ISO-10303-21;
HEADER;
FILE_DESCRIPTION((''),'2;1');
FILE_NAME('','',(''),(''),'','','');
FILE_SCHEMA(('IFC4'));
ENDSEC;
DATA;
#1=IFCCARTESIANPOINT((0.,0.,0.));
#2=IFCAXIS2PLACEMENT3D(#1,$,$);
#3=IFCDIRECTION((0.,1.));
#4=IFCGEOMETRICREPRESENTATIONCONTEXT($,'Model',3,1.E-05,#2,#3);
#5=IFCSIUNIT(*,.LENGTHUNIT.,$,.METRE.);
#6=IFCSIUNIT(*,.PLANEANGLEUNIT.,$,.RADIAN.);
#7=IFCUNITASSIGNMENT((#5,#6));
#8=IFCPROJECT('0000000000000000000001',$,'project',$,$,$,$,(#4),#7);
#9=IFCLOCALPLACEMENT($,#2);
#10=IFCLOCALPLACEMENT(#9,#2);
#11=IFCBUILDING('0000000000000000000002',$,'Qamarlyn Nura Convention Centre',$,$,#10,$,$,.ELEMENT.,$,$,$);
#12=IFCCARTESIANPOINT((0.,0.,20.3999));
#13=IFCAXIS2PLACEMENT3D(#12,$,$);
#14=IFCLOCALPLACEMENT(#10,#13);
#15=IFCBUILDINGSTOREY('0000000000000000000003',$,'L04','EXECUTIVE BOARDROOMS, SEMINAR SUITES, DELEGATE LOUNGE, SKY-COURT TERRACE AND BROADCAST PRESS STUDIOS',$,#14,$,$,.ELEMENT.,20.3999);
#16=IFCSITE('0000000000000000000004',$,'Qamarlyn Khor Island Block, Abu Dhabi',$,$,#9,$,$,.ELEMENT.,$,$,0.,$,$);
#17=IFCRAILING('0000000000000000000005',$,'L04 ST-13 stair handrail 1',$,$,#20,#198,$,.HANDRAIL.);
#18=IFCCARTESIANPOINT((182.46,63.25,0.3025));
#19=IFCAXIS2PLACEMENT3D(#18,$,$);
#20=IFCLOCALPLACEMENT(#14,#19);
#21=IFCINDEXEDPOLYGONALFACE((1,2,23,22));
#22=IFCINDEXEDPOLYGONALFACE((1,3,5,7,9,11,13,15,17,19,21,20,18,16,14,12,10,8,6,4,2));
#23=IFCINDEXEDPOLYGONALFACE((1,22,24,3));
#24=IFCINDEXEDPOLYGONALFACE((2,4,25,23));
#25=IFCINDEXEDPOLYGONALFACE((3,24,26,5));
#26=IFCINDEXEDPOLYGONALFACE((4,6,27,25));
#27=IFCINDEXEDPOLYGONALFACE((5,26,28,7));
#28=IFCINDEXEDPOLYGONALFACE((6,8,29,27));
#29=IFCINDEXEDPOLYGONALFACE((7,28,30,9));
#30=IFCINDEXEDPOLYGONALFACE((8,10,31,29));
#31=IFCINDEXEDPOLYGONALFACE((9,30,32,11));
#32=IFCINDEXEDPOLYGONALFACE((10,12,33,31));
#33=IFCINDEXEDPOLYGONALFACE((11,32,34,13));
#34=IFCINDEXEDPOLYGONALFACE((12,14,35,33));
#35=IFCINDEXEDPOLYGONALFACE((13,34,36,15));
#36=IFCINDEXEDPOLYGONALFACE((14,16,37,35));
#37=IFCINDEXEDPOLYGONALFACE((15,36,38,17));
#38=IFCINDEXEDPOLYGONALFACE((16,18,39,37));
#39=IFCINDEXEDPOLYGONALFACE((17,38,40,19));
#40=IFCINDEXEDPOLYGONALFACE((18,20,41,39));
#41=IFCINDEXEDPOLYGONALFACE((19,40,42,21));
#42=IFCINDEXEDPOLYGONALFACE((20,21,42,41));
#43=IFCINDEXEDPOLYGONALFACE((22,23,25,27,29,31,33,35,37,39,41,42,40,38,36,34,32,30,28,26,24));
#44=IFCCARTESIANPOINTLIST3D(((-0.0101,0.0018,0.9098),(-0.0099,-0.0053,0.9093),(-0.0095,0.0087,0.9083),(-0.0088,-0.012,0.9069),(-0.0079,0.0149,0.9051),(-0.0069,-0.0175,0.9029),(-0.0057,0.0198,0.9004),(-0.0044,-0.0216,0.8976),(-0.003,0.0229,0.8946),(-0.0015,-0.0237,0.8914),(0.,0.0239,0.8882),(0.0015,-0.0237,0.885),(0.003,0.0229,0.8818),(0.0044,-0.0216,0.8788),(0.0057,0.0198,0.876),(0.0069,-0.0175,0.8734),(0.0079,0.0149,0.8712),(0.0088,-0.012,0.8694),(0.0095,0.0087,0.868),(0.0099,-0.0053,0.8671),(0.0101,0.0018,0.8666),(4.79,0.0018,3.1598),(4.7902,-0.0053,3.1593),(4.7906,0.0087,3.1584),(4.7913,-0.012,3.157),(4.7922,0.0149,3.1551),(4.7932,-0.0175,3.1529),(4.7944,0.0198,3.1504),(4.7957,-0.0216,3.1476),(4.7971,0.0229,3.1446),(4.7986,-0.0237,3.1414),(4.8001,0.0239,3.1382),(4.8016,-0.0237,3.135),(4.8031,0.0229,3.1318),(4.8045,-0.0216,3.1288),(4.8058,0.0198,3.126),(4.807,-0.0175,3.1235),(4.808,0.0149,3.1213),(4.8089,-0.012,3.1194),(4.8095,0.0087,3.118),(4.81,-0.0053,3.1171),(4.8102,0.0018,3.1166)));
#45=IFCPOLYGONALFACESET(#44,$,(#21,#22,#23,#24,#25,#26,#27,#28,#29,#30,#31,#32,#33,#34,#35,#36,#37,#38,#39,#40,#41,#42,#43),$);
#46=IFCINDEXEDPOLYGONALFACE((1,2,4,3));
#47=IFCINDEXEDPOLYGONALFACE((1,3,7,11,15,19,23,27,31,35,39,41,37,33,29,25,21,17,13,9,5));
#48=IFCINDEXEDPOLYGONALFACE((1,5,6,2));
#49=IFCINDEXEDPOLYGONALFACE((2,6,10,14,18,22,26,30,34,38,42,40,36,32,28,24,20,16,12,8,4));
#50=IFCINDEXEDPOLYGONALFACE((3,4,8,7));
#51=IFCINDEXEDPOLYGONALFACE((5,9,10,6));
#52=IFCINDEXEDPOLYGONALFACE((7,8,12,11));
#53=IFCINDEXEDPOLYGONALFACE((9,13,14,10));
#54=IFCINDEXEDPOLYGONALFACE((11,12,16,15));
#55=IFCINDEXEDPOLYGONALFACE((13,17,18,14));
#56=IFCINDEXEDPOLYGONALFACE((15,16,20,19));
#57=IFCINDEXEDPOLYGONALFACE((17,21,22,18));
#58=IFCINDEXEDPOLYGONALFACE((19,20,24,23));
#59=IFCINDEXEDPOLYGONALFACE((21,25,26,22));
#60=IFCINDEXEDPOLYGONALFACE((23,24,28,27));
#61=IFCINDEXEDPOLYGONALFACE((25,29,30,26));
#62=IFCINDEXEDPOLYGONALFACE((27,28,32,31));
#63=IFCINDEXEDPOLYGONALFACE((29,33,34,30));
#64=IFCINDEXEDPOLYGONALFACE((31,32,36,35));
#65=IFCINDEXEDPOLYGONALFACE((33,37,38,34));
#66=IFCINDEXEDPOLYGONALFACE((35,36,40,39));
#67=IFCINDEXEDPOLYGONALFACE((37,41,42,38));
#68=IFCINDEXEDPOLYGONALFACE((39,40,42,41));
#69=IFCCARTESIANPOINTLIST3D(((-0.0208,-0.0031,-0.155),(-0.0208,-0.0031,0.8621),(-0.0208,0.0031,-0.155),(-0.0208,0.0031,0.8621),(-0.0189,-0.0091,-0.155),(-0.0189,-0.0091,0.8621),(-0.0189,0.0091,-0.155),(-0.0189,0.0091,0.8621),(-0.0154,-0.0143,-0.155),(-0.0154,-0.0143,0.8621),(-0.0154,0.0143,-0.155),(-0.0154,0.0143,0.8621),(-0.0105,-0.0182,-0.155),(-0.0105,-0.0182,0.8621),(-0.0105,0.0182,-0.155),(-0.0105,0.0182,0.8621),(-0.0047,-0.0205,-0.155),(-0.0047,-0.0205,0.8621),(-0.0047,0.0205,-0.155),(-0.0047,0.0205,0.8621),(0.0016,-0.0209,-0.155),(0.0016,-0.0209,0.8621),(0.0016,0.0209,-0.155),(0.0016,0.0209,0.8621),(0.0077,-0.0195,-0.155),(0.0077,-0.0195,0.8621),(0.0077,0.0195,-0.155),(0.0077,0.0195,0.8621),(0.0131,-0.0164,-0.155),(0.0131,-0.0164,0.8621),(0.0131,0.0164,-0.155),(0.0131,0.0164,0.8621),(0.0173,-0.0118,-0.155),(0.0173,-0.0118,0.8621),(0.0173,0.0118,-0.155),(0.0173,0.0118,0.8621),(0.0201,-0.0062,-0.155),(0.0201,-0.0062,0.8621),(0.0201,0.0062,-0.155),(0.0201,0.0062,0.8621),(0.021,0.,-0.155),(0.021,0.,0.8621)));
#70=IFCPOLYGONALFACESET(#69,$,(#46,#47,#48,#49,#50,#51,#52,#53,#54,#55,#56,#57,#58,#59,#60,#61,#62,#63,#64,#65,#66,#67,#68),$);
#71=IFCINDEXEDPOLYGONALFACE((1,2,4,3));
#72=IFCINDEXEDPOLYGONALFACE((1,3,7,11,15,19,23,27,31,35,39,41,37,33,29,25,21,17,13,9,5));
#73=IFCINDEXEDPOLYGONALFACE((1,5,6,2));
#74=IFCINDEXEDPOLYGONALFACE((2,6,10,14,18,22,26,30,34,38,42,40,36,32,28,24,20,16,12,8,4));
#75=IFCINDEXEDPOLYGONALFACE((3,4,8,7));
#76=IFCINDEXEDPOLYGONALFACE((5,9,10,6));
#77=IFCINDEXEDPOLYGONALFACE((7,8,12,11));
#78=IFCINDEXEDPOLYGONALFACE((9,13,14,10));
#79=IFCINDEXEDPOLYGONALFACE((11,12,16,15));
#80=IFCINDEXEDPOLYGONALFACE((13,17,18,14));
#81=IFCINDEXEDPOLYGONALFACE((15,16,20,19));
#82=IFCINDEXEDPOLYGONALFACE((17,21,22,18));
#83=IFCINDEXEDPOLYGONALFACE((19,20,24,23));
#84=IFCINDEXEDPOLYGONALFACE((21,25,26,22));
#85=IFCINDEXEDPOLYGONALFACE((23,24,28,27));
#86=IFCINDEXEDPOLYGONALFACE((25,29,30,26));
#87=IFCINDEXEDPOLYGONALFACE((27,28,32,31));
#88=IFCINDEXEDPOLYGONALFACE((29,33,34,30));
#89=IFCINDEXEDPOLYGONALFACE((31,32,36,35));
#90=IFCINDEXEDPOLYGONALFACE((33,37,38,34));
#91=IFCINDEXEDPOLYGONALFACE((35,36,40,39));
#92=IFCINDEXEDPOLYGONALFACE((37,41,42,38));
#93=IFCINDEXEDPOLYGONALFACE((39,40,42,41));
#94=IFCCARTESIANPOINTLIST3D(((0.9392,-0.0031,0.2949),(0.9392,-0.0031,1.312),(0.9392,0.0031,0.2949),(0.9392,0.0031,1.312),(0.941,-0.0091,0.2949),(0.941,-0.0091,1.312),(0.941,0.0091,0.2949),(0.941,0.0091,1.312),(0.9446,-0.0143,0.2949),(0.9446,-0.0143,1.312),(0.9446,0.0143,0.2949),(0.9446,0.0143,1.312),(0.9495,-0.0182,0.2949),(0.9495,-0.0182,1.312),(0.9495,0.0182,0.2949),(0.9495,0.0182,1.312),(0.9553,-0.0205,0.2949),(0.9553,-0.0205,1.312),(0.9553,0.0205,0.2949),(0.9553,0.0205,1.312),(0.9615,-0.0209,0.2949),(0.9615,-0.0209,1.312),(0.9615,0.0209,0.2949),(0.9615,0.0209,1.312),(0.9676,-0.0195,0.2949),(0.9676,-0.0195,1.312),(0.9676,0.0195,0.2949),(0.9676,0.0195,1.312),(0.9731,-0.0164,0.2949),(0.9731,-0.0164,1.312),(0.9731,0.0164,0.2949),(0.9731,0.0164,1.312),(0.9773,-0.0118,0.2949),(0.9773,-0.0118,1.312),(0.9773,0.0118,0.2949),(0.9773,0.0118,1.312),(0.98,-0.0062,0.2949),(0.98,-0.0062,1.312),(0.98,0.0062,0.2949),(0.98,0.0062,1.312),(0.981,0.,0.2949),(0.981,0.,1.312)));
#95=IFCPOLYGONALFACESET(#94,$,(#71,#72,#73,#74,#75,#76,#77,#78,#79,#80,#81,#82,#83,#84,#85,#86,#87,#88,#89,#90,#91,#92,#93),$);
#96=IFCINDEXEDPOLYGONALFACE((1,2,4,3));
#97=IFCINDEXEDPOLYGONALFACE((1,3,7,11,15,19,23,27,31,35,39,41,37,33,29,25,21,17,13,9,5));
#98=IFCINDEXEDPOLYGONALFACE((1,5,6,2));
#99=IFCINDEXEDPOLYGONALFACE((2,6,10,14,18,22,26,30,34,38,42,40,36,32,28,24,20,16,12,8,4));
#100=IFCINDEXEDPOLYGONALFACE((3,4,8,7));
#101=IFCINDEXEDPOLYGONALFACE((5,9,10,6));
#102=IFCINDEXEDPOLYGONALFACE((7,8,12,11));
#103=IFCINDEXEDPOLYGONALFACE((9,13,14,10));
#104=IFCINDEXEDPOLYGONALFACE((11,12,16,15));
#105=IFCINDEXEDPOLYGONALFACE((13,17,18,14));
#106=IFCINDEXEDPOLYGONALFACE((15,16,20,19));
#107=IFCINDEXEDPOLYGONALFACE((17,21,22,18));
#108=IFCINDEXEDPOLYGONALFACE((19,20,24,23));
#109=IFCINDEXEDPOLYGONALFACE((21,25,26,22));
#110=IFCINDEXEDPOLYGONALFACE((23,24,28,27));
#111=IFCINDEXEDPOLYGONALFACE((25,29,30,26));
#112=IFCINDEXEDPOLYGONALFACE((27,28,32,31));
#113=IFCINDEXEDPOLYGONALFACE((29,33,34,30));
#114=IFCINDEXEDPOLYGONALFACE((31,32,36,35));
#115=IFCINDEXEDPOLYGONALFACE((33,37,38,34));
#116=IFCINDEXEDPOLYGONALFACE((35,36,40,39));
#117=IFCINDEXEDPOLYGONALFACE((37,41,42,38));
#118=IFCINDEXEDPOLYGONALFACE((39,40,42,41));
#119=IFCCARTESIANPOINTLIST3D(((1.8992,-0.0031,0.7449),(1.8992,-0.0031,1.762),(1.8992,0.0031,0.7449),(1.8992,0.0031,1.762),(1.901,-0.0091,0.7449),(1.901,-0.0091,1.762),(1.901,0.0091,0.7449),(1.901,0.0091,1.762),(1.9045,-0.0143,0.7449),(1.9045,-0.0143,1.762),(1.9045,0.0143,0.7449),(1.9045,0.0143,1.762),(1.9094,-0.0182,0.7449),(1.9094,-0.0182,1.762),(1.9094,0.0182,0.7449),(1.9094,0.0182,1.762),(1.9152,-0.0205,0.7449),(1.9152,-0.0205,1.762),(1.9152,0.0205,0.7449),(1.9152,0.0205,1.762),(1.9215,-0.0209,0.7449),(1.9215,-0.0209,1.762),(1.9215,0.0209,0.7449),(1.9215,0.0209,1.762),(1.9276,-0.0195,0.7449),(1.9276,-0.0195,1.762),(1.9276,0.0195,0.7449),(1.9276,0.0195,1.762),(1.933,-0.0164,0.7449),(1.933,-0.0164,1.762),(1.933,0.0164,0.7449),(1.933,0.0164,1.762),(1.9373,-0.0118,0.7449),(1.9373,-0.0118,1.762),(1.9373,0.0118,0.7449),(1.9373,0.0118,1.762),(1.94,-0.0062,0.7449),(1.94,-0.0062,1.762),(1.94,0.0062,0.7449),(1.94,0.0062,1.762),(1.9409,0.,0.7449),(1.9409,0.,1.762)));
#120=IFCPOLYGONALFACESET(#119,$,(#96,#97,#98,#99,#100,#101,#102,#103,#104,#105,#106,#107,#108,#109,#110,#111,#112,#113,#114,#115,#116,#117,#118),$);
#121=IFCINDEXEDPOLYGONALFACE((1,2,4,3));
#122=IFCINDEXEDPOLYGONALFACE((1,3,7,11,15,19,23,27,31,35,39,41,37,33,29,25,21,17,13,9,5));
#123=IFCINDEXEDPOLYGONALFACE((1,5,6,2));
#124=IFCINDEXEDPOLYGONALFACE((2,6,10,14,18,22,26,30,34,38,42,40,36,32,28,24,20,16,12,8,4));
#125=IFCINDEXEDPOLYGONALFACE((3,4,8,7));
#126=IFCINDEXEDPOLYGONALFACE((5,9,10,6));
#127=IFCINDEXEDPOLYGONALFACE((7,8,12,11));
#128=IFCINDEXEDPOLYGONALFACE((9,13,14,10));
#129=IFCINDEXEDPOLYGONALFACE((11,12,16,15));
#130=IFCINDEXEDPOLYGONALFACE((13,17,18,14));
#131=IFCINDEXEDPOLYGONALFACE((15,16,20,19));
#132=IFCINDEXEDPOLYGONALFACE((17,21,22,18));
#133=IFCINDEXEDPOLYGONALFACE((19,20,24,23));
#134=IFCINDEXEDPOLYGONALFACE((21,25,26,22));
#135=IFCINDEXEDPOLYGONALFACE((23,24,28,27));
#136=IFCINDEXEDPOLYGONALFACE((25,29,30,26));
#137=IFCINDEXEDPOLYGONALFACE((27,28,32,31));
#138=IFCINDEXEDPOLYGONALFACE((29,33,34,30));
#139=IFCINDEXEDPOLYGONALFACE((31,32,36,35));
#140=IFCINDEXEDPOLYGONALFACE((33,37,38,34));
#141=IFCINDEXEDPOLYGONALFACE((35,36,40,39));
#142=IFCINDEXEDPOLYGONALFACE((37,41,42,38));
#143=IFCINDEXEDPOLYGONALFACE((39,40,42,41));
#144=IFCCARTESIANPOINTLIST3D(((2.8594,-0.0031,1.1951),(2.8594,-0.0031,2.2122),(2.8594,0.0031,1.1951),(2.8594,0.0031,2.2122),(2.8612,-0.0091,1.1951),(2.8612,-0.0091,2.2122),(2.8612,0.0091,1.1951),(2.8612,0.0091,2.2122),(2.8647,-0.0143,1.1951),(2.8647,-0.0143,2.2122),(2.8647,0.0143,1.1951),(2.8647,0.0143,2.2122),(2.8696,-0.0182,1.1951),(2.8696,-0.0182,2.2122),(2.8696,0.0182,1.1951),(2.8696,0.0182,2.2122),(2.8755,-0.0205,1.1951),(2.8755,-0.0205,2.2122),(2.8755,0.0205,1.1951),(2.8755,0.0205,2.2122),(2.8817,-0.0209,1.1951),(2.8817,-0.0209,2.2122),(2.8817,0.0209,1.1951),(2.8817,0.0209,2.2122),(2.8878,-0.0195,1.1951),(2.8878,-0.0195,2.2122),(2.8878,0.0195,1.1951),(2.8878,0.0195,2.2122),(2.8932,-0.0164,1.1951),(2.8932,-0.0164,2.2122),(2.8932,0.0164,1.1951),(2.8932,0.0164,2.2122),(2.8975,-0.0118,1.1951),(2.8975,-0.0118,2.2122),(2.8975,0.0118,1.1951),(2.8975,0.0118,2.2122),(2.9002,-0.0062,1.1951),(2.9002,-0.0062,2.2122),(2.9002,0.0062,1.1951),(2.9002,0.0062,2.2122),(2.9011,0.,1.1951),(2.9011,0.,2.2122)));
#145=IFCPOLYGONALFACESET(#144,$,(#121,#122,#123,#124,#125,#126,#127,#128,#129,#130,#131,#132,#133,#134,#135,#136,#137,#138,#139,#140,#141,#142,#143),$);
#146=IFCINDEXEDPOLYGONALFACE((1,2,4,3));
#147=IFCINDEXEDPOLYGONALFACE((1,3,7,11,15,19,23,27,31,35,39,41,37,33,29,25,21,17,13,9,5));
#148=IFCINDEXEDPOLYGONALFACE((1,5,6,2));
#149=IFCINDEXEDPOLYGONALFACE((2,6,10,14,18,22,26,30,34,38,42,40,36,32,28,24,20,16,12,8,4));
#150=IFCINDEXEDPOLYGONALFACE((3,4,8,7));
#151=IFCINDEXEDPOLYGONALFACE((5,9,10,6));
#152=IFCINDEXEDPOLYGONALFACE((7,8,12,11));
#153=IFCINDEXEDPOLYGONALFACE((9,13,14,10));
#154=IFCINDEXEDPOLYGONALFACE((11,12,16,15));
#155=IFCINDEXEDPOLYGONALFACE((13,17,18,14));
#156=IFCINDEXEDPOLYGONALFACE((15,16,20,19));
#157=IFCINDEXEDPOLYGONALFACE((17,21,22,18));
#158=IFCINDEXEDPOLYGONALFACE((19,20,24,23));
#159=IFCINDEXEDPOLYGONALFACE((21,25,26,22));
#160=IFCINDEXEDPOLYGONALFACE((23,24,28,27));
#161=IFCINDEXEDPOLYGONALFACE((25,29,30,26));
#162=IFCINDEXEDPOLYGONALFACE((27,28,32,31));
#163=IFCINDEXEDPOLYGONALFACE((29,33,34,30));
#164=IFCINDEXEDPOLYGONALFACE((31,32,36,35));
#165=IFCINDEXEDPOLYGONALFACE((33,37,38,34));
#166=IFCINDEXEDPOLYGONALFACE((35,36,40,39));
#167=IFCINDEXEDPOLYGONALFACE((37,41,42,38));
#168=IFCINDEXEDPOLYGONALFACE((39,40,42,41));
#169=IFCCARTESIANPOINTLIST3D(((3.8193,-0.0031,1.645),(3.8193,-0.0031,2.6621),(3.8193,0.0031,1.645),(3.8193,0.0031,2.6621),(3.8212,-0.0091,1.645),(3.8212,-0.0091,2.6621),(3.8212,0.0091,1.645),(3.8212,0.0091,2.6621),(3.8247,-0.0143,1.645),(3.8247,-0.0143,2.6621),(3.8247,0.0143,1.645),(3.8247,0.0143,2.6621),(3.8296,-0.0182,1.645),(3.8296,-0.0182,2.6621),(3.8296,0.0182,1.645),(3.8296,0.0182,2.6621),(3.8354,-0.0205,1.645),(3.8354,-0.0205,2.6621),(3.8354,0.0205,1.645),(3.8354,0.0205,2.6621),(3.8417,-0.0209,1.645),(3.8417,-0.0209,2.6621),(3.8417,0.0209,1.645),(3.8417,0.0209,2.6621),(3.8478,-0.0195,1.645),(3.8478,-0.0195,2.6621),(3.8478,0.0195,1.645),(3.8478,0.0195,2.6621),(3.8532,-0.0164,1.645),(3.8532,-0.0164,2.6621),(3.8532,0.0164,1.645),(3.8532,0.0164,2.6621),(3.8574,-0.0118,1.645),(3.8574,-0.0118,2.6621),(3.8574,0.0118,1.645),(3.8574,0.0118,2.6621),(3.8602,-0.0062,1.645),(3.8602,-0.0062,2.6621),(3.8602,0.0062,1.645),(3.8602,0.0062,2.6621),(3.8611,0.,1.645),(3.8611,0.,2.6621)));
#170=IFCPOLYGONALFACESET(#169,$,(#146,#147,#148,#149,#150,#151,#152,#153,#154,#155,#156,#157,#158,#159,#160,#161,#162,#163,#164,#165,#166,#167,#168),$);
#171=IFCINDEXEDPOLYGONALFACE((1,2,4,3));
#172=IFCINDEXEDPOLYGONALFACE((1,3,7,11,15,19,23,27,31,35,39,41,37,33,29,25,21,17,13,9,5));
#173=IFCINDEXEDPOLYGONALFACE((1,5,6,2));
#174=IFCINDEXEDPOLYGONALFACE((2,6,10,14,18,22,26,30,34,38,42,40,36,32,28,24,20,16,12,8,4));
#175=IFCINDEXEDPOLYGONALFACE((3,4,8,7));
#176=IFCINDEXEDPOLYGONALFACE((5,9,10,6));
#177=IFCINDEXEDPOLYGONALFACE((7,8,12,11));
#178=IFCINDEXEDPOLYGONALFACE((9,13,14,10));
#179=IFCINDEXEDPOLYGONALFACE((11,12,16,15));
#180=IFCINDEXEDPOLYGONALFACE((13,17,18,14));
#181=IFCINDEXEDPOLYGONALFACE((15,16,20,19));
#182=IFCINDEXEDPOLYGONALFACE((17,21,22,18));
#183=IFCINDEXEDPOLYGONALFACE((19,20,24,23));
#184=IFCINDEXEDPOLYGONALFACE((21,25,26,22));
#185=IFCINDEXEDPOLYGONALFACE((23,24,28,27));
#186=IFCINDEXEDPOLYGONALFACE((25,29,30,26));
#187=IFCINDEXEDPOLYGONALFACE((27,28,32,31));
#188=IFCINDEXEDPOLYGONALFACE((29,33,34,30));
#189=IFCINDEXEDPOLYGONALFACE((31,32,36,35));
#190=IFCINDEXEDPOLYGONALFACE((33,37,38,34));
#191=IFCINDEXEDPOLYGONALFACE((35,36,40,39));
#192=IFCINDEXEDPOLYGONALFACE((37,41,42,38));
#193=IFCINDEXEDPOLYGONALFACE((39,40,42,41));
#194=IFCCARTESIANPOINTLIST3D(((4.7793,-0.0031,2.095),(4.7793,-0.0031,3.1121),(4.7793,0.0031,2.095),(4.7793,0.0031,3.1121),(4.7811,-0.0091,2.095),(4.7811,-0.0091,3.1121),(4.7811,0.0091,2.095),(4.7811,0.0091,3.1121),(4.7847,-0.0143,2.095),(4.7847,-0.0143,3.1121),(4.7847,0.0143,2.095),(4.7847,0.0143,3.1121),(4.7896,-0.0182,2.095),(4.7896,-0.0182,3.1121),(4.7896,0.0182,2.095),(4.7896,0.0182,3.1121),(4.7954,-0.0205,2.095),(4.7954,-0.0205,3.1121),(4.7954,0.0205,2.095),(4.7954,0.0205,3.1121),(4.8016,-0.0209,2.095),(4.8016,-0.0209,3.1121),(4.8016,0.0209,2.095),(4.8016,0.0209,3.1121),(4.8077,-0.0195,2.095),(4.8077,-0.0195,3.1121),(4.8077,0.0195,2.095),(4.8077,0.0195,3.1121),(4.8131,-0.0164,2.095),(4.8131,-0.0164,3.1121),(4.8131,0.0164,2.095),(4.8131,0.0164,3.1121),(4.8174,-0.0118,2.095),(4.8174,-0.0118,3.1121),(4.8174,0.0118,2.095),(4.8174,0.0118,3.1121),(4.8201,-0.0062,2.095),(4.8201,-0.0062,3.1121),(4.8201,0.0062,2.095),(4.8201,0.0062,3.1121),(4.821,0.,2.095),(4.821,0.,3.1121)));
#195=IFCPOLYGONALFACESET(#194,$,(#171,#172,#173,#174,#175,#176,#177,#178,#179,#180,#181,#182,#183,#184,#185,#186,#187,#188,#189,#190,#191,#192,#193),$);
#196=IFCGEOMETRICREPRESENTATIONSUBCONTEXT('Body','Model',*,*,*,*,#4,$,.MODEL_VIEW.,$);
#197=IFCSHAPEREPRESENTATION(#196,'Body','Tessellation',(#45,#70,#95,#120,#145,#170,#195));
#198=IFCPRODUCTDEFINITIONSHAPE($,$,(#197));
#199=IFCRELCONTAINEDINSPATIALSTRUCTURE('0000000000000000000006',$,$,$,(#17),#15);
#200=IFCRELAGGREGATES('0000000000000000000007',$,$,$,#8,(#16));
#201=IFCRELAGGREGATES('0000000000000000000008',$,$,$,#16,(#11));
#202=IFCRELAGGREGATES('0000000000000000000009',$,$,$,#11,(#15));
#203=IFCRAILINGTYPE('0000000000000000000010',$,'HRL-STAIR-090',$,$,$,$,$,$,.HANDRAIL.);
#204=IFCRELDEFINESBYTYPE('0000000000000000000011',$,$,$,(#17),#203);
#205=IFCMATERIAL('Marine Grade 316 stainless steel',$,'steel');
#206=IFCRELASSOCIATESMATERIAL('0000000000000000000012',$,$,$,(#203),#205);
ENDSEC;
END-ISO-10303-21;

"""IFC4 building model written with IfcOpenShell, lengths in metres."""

from ifc_helpers import new_model, si_unit, direction, frame, origin, origin_2d, place, context, subcontext, project, spatial, circle, extrude, material, type_object, element, save


model = new_model("IFC4")

# Units and contexts
model_context = context("Model", 3, precision=1e-05, world=origin(), true_north=direction((0.0, 1.0)))
body_context = subcontext(model_context, "Body", "Model", "MODEL_VIEW")
ifc_project = project(units=[si_unit("LENGTHUNIT", "METRE"), si_unit("PLANEANGLEUNIT", "RADIAN")], contexts=[model_context])

# Site, building, storey
site_placement = place(None, origin())
site = spatial("IfcSite", under=ifc_project, at=site_placement, Name="Qamarlyn Khor Island Block, Abu Dhabi", CompositionType="ELEMENT", RefElevation=0.0)
building_placement = place(site_placement, origin())
building = spatial("IfcBuilding", under=site, at=building_placement, Name="Qamarlyn Nura Convention Centre", CompositionType="ELEMENT")
storey_placement = place(building_placement, frame((0.0, 0.0, 20.3999)))
storey = spatial("IfcBuildingStorey", under=building, at=storey_placement, Name="L04", Description="EXECUTIVE BOARDROOMS, SEMINAR SUITES, DELEGATE LOUNGE, SKY-COURT TERRACE AND BROADCAST PRESS STUDIOS", CompositionType="ELEMENT", Elevation=20.3999)

# Railing
ifc_material_1 = material(Name="Marine Grade 316 stainless steel", Category="steel")
railing_type_1 = type_object("IfcRailingType", Name="HRL-STAIR-090", PredefinedType="HANDRAIL", material=ifc_material_1)
for number, where, name in (
    (1, (182.46, 63.25, 0.3025), "L04 ST-13 stair handrail 1"),
):
    element("IfcRailing", number, at=place(storey_placement, frame(where)), inside=storey, type_object=railing_type_1, Name=name, PredefinedType="HANDRAIL", context=body_context, shape_type="SweptSolid", body=[
        extrude(circle(Radius=0.0239, at=origin_2d()), frame((0.0, 0.0, 0.8882), z_axis=(0.905461, 0.0, 0.42443), x_axis=(0.0, 1.0, 0.0)), (0.0, 0.0, 1.0), 5.3013),
        extrude(circle(Radius=0.021, at=origin_2d()), frame((0.0, 0.0, -0.155)), (0.0, 0.0, 1.0), 1.0171),
        extrude(circle(Radius=0.021, at=origin_2d()), frame((0.96, 0.0, 0.2949)), (0.0, 0.0, 1.0), 1.0171),
        extrude(circle(Radius=0.021, at=origin_2d()), frame((1.9199, 0.0, 0.7449)), (0.0, 0.0, 1.0), 1.0171),
        extrude(circle(Radius=0.021, at=origin_2d()), frame((2.8801, 0.0, 1.1951)), (0.0, 0.0, 1.0), 1.0171),
        extrude(circle(Radius=0.021, at=origin_2d()), frame((3.8401, 0.0, 1.645)), (0.0, 0.0, 1.0), 1.0171),
        extrude(circle(Radius=0.021, at=origin_2d()), frame((4.8, 0.0, 2.095)), (0.0, 0.0, 1.0), 1.0171),
    ])

save(model, "model.ifc")
